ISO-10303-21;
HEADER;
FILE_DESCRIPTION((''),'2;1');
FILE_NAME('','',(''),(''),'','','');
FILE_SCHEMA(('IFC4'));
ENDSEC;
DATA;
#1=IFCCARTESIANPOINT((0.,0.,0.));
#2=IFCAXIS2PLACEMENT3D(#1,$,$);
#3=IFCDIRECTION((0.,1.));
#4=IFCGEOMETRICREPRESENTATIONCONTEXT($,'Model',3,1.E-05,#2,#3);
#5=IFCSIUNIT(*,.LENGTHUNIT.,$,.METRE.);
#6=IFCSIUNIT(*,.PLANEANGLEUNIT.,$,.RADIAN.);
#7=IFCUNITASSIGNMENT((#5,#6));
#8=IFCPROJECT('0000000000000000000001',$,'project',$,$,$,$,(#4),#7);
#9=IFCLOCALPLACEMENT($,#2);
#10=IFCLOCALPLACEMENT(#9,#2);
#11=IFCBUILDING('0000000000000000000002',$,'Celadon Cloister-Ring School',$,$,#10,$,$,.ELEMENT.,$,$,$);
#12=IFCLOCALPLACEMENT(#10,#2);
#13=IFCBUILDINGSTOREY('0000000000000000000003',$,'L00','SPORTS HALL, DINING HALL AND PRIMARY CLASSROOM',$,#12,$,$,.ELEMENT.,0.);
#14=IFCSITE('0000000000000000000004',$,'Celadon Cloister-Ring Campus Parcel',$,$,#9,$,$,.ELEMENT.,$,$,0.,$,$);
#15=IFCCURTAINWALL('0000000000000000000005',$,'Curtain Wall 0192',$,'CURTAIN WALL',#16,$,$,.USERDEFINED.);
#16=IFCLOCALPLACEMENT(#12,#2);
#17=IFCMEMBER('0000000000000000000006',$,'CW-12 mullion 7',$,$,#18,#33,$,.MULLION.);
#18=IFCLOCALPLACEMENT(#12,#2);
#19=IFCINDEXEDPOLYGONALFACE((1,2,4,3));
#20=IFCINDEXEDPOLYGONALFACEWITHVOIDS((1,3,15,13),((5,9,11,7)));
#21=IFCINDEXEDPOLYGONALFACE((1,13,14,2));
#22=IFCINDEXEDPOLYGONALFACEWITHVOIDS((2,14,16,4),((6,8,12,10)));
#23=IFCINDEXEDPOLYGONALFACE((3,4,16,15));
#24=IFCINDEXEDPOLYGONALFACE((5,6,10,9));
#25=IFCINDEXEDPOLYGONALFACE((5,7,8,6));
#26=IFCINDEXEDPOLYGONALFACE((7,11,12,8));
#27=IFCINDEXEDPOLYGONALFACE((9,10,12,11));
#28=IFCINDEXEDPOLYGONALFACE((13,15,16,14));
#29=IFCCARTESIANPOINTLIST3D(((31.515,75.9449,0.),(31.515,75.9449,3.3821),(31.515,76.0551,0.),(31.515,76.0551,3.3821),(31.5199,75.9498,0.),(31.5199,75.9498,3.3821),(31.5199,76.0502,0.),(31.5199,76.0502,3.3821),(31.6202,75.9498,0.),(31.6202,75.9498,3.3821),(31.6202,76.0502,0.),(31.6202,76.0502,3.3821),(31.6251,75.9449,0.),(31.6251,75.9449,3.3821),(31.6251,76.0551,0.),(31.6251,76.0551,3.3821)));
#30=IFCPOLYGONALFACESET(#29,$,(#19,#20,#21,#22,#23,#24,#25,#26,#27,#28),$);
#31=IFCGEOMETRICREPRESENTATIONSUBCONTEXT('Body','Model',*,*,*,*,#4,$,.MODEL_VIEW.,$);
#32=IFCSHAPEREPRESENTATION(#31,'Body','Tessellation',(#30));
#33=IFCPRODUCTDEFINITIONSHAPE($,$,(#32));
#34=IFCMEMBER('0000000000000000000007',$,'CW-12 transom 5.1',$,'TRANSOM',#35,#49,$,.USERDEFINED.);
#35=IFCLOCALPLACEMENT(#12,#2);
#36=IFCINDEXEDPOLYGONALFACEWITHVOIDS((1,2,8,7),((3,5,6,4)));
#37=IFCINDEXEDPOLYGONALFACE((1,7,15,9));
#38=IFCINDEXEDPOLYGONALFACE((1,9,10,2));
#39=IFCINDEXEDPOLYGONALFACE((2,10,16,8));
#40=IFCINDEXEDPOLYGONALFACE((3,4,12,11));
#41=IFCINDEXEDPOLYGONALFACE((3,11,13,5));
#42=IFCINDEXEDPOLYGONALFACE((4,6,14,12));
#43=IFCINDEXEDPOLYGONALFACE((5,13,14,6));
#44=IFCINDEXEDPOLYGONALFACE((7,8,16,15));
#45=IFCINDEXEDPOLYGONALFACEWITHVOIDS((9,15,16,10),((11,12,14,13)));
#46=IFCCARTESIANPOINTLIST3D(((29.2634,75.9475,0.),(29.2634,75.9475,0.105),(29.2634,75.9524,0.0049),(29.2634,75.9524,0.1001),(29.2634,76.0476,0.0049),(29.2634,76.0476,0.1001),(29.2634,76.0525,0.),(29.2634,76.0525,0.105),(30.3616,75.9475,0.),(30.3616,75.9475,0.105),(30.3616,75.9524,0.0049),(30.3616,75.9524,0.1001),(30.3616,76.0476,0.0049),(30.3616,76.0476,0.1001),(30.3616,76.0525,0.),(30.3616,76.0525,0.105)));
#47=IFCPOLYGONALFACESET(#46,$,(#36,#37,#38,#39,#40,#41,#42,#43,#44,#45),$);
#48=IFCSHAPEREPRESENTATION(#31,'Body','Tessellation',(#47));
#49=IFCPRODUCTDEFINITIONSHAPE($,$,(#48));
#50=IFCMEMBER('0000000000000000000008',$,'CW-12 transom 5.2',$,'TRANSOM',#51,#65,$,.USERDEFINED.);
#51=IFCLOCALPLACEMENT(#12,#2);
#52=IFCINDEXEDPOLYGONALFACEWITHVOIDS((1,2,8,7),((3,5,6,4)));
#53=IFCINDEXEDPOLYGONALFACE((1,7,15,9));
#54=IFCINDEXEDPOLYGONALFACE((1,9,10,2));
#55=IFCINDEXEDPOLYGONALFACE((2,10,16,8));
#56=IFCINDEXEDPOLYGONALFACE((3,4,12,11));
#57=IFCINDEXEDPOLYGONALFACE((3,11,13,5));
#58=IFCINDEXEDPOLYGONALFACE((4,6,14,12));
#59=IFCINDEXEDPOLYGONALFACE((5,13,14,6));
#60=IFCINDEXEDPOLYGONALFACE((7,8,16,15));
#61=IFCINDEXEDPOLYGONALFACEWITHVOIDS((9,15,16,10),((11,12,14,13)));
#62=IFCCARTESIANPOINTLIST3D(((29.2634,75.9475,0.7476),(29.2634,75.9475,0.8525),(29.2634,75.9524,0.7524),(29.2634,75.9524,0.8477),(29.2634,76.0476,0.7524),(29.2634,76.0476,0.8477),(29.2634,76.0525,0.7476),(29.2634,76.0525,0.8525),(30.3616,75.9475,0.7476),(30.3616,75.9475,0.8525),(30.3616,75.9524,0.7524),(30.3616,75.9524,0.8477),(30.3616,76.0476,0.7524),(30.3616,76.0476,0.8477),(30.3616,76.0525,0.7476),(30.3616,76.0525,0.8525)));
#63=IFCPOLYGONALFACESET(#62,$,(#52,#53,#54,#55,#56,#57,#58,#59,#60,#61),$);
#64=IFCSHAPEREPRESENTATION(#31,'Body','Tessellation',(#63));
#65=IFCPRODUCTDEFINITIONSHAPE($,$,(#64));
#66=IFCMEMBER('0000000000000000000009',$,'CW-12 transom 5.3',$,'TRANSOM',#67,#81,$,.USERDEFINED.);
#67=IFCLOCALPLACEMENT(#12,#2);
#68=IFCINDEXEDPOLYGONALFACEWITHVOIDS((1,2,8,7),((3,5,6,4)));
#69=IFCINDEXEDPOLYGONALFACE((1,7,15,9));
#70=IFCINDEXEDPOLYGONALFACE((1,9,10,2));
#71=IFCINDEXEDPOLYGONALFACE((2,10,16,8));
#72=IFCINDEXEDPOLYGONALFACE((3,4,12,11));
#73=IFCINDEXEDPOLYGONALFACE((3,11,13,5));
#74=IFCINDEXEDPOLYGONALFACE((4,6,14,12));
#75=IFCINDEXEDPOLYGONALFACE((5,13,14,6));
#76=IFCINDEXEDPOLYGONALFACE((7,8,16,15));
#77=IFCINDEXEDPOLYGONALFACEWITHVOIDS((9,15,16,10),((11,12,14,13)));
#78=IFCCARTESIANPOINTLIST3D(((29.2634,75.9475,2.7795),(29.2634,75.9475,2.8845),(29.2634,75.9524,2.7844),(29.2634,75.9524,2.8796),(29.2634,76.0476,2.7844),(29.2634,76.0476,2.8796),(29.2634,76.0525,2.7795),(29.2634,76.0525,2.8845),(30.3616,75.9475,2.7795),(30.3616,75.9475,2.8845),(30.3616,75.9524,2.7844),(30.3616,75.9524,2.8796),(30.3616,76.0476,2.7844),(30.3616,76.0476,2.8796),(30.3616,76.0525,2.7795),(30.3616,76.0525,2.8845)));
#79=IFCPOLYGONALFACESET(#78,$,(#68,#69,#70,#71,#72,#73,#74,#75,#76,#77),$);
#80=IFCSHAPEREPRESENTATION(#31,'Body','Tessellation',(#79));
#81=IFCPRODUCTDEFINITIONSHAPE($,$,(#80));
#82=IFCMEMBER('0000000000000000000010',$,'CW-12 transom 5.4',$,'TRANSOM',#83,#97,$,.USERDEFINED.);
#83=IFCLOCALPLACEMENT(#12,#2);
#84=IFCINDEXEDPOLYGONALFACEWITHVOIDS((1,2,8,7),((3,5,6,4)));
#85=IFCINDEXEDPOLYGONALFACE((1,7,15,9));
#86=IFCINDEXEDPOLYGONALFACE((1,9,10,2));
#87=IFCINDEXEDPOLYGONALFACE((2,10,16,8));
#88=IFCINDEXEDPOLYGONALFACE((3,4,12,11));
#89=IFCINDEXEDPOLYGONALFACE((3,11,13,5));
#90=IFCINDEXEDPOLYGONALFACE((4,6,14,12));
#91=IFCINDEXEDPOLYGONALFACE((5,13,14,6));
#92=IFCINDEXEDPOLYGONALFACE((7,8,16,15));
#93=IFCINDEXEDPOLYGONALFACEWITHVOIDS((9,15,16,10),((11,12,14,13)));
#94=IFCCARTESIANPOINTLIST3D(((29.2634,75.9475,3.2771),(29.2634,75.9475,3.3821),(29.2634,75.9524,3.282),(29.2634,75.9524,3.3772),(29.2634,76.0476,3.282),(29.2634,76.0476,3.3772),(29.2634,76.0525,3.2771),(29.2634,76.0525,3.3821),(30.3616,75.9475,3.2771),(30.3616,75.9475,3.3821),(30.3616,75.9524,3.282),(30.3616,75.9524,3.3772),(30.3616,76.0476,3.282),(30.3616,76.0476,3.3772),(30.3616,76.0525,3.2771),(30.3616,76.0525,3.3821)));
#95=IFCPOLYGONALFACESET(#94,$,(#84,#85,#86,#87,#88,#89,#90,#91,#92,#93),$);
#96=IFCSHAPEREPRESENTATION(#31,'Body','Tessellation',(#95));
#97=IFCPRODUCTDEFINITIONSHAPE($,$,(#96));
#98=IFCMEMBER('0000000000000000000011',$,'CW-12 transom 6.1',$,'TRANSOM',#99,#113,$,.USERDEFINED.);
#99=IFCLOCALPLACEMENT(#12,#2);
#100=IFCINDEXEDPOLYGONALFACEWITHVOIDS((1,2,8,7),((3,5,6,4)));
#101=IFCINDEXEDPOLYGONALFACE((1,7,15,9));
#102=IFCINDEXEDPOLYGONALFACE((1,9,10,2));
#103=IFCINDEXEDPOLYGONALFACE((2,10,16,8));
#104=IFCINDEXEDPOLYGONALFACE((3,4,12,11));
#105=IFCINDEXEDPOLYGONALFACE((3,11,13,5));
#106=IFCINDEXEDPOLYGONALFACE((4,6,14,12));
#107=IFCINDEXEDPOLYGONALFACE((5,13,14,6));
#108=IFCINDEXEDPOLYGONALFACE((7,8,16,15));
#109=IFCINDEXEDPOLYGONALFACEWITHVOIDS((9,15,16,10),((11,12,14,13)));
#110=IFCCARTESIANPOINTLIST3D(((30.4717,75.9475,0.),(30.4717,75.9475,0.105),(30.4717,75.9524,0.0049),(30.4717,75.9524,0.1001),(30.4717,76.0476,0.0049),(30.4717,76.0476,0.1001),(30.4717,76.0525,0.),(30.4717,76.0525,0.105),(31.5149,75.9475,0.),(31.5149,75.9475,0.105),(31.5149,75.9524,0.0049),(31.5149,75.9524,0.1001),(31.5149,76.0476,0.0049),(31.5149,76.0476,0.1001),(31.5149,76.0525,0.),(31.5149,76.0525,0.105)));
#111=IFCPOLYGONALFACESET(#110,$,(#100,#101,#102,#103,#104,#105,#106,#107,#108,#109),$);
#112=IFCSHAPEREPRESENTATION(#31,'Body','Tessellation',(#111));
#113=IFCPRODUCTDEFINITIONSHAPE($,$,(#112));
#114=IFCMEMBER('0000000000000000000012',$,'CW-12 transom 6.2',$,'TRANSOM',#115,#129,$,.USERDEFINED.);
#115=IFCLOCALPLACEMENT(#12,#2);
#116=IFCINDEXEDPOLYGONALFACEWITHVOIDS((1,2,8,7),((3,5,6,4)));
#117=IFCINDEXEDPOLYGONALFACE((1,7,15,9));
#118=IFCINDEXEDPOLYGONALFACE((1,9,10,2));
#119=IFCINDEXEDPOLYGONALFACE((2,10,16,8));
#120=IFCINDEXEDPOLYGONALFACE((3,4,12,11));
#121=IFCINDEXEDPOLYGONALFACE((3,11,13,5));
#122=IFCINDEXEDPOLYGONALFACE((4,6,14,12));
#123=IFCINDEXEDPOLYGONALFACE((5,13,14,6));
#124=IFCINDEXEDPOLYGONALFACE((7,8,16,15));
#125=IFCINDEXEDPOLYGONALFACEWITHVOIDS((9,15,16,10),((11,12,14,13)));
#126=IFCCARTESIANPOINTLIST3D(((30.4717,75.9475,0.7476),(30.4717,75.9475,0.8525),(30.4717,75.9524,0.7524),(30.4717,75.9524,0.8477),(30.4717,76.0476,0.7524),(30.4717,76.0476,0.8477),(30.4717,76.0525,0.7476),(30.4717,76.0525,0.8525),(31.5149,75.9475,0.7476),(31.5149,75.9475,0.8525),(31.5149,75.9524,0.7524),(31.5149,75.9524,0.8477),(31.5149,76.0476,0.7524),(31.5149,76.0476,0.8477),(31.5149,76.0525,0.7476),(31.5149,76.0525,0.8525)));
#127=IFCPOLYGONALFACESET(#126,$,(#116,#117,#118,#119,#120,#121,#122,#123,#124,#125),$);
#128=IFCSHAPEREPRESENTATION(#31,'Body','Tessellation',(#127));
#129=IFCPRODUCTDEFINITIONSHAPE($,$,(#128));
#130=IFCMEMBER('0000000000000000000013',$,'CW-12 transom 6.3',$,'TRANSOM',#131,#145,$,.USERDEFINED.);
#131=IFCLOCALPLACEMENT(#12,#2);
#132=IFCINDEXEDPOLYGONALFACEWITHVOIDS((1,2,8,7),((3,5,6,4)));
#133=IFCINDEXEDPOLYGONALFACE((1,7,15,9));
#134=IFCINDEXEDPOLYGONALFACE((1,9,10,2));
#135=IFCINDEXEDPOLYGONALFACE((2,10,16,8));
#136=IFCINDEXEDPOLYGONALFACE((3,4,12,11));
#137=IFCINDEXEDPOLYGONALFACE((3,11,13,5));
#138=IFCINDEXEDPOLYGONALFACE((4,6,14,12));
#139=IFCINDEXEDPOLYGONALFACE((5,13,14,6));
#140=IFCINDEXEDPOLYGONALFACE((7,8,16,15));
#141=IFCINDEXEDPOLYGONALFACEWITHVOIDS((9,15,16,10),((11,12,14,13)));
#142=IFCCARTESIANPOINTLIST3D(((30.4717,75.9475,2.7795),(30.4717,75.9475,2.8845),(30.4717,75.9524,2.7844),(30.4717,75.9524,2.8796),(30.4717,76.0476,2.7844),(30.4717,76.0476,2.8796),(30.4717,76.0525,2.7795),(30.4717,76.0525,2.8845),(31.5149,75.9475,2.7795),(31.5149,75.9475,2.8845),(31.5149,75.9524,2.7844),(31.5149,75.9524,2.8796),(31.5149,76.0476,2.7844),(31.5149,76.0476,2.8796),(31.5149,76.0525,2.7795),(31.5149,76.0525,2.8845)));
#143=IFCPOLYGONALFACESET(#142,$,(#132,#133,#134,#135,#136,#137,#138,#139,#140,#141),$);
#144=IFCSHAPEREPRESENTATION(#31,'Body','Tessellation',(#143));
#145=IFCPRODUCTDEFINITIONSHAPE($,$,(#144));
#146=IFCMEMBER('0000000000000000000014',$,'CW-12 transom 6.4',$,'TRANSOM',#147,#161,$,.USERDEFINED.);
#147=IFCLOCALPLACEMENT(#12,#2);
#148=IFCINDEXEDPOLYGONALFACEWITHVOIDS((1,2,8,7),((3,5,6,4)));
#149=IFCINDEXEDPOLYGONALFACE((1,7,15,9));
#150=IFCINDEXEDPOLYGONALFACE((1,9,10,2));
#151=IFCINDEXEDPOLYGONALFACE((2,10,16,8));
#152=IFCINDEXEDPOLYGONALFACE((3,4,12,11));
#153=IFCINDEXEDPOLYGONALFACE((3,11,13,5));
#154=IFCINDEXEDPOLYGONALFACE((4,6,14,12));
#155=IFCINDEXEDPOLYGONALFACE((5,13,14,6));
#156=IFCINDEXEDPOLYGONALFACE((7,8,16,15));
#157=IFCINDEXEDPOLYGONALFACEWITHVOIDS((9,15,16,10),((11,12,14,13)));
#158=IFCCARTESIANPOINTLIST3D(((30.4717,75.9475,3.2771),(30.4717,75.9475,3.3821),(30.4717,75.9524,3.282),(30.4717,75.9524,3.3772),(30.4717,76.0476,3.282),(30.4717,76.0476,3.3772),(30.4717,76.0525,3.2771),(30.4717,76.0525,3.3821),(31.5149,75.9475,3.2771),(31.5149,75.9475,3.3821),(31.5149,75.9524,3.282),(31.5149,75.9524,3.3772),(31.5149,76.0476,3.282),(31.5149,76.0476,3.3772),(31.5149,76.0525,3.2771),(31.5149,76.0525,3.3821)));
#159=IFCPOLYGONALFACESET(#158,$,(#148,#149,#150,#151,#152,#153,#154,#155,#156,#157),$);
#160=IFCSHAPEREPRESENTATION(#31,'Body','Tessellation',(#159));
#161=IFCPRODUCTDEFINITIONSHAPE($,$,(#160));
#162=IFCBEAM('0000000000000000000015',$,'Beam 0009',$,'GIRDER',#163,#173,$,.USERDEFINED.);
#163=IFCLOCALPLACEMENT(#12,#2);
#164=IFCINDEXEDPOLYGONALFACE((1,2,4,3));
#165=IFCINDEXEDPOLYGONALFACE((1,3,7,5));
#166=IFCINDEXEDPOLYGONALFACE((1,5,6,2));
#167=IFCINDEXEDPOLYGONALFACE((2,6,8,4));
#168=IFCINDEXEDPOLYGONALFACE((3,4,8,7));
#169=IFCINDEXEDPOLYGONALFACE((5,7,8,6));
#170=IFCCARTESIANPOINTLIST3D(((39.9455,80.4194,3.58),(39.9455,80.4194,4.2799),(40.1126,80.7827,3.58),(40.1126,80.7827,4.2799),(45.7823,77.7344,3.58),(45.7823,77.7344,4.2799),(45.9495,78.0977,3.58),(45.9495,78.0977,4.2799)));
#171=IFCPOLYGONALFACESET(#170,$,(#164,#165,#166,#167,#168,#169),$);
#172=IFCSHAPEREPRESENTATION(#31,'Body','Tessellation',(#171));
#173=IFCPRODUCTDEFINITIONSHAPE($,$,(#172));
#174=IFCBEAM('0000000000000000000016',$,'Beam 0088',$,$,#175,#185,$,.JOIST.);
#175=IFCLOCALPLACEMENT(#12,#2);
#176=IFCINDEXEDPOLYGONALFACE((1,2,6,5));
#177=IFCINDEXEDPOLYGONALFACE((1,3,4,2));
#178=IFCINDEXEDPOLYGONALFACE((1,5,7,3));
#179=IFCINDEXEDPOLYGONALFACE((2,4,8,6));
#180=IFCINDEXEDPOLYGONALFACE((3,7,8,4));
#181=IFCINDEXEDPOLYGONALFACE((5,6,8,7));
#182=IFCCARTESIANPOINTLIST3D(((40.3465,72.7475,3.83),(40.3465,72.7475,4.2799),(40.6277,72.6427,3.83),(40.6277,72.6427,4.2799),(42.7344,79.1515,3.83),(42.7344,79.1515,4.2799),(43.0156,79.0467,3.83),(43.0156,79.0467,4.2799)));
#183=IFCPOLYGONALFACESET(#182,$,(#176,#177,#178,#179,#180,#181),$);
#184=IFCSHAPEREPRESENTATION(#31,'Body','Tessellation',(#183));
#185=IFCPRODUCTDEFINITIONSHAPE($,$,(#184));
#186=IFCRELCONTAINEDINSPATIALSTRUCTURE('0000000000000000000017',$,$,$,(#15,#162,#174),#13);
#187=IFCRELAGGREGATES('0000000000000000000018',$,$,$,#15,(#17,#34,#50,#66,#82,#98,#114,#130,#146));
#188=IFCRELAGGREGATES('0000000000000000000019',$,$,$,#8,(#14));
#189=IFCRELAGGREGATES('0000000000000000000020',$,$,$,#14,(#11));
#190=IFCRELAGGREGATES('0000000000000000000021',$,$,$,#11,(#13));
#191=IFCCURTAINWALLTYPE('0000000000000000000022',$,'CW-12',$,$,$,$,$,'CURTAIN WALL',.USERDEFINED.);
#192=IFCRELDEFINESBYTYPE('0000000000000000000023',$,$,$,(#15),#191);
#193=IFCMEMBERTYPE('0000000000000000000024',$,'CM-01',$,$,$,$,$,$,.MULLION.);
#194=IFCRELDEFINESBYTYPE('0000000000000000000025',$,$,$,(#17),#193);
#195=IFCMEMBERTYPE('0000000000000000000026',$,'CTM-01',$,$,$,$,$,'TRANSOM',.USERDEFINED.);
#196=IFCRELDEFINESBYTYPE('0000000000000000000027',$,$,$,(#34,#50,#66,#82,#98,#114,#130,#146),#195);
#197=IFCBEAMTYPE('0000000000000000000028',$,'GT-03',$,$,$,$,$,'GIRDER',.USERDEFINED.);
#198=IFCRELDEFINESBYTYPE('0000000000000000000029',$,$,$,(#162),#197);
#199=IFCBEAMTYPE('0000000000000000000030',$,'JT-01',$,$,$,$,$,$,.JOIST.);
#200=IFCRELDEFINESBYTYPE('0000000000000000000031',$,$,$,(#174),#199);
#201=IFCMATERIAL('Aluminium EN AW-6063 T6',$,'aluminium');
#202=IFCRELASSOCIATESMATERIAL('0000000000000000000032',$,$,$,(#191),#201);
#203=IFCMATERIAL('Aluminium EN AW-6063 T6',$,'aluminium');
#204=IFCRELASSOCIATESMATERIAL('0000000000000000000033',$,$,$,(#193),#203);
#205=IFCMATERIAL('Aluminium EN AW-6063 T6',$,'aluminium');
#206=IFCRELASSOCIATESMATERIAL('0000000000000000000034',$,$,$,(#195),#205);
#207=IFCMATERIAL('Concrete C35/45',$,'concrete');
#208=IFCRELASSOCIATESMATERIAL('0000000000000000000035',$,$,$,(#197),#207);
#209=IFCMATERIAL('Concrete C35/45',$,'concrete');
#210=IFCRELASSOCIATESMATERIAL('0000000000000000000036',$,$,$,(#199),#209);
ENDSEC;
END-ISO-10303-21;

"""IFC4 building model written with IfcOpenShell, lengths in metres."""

from ifc_helpers import new_model, si_unit, direction, frame, origin, origin_2d, place, context, subcontext, project, spatial, rectangle, hollow_rectangle, extrude, material, material_profile, profile_set, type_object, element, aggregate, save


model = new_model("IFC4")

# Units and contexts
model_context = context("Model", 3, precision=1e-05, world=origin(), true_north=direction((0.0, 1.0)))
body_context = subcontext(model_context, "Body", "Model", "MODEL_VIEW")
ifc_project = project(units=[si_unit("LENGTHUNIT", "METRE"), si_unit("PLANEANGLEUNIT", "RADIAN")], contexts=[model_context])

# Site, building, storey
site_placement = place(None, origin())
site = spatial("IfcSite", under=ifc_project, at=site_placement, Name="Celadon Cloister-Ring Campus Parcel", CompositionType="ELEMENT", RefElevation=0.0)
building_placement = place(site_placement, origin())
building = spatial("IfcBuilding", under=site, at=building_placement, Name="Celadon Cloister-Ring School", CompositionType="ELEMENT")
storey_placement = place(building_placement, origin())
storey = spatial("IfcBuildingStorey", under=building, at=storey_placement, Name="L00", Description="SPORTS HALL, DINING HALL AND PRIMARY CLASSROOM", CompositionType="ELEMENT", Elevation=0.0)

# Curtain wall, members
ifc_material_1 = material(Name="Aluminium EN AW-6063 T6", Category="aluminium")
curtain_wall_type = type_object("IfcCurtainWallType", Name="CW-12", ElementType="CURTAIN WALL", PredefinedType="USERDEFINED", material=ifc_material_1)
curtain_wall_placement = place(storey_placement, origin())
curtain_wall = element("IfcCurtainWall", 1, at=curtain_wall_placement, inside=storey, type_object=curtain_wall_type, Name="Curtain Wall 0192", ObjectType="CURTAIN WALL", PredefinedType="USERDEFINED")
ifc_material_2 = material(Name="Aluminium EN AW-6063 T6", Category="aluminium")
ifc_material_profile_1 = material_profile(ifc_material_2, hollow_rectangle(XDim=0.1101, YDim=0.1101, WallThickness=0.0049, at=origin_2d()), Name="RHS110X110X5")
ifc_profile_set_1 = profile_set([ifc_material_profile_1], Name="Aluminium EN AW-6063 T6")
member_type_1 = type_object("IfcMemberType", Name="CM-01", PredefinedType="MULLION", material=ifc_profile_set_1)
member_1_placement = place(storey_placement, frame((31.5701, 76.0, 0.0), z_axis=(0.0, 0.0, 1.0), x_axis=(0.0, 1.0, 0.0)))
member_1 = element("IfcMember", 2, at=member_1_placement, type_object=member_type_1, Name="CW-12 mullion 7", PredefinedType="MULLION", context=body_context, shape_type="SweptSolid", body=[
    extrude(hollow_rectangle(XDim=0.1101, YDim=0.1101, WallThickness=0.0049, at=origin_2d()), origin(), (0.0, 0.0, 1.0), 3.3821),
])
ifc_material_3 = material(Name="Aluminium EN AW-6063 T6", Category="aluminium")
ifc_material_profile_2 = material_profile(ifc_material_3, hollow_rectangle(XDim=0.105, YDim=0.105, WallThickness=0.0049, at=origin_2d()), Name="RHS105X105X5")
ifc_profile_set_2 = profile_set([ifc_material_profile_2], Name="Aluminium EN AW-6063 T6")
member_type_2 = type_object("IfcMemberType", Name="CTM-01", ElementType="TRANSOM", PredefinedType="USERDEFINED", material=ifc_profile_set_2)
member_2_placement = place(storey_placement, frame((29.2634, 76.0, 0.0525), z_axis=(1.0, 0.0, 0.0), x_axis=(0.0, 1.0, 0.0)))
member_2 = element("IfcMember", 3, at=member_2_placement, type_object=member_type_2, Name="CW-12 transom 5.1", ObjectType="TRANSOM", PredefinedType="USERDEFINED", context=body_context, shape_type="SweptSolid", body=[
    extrude(hollow_rectangle(XDim=0.105, YDim=0.105, WallThickness=0.0049, at=origin_2d()), origin(), (0.0, 0.0, 1.0), 1.0981),
])
member_3_placement = place(storey_placement, frame((29.2634, 76.0, 0.8), z_axis=(1.0, 0.0, 0.0), x_axis=(0.0, 1.0, 0.0)))
member_3 = element("IfcMember", 4, at=member_3_placement, type_object=member_type_2, Name="CW-12 transom 5.2", ObjectType="TRANSOM", PredefinedType="USERDEFINED", context=body_context, shape_type="SweptSolid", body=[
    extrude(hollow_rectangle(XDim=0.105, YDim=0.105, WallThickness=0.0049, at=origin_2d()), origin(), (0.0, 0.0, 1.0), 1.0981),
])
member_4_placement = place(storey_placement, frame((29.2634, 76.0, 2.832), z_axis=(1.0, 0.0, 0.0), x_axis=(0.0, 1.0, 0.0)))
member_4 = element("IfcMember", 5, at=member_4_placement, type_object=member_type_2, Name="CW-12 transom 5.3", ObjectType="TRANSOM", PredefinedType="USERDEFINED", context=body_context, shape_type="SweptSolid", body=[
    extrude(hollow_rectangle(XDim=0.105, YDim=0.105, WallThickness=0.0049, at=origin_2d()), origin(), (0.0, 0.0, 1.0), 1.0981),
])
member_5_placement = place(storey_placement, frame((29.2634, 76.0, 3.3296), z_axis=(1.0, 0.0, 0.0), x_axis=(0.0, 1.0, 0.0)))
member_5 = element("IfcMember", 6, at=member_5_placement, type_object=member_type_2, Name="CW-12 transom 5.4", ObjectType="TRANSOM", PredefinedType="USERDEFINED", context=body_context, shape_type="SweptSolid", body=[
    extrude(hollow_rectangle(XDim=0.105, YDim=0.105, WallThickness=0.0049, at=origin_2d()), origin(), (0.0, 0.0, 1.0), 1.0981),
])
member_6_placement = place(storey_placement, frame((30.4717, 76.0, 0.0525), z_axis=(1.0, 0.0, 0.0), x_axis=(0.0, 1.0, 0.0)))
member_6 = element("IfcMember", 7, at=member_6_placement, type_object=member_type_2, Name="CW-12 transom 6.1", ObjectType="TRANSOM", PredefinedType="USERDEFINED", context=body_context, shape_type="SweptSolid", body=[
    extrude(hollow_rectangle(XDim=0.105, YDim=0.105, WallThickness=0.0049, at=origin_2d()), origin(), (0.0, 0.0, 1.0), 1.0432),
])
member_7_placement = place(storey_placement, frame((30.4717, 76.0, 0.8), z_axis=(1.0, 0.0, 0.0), x_axis=(0.0, 1.0, 0.0)))
member_7 = element("IfcMember", 8, at=member_7_placement, type_object=member_type_2, Name="CW-12 transom 6.2", ObjectType="TRANSOM", PredefinedType="USERDEFINED", context=body_context, shape_type="SweptSolid", body=[
    extrude(hollow_rectangle(XDim=0.105, YDim=0.105, WallThickness=0.0049, at=origin_2d()), origin(), (0.0, 0.0, 1.0), 1.0432),
])
member_8_placement = place(storey_placement, frame((30.4717, 76.0, 2.832), z_axis=(1.0, 0.0, 0.0), x_axis=(0.0, 1.0, 0.0)))
member_8 = element("IfcMember", 9, at=member_8_placement, type_object=member_type_2, Name="CW-12 transom 6.3", ObjectType="TRANSOM", PredefinedType="USERDEFINED", context=body_context, shape_type="SweptSolid", body=[
    extrude(hollow_rectangle(XDim=0.105, YDim=0.105, WallThickness=0.0049, at=origin_2d()), origin(), (0.0, 0.0, 1.0), 1.0432),
])
member_9_placement = place(storey_placement, frame((30.4717, 76.0, 3.3296), z_axis=(1.0, 0.0, 0.0), x_axis=(0.0, 1.0, 0.0)))
member_9 = element("IfcMember", 10, at=member_9_placement, type_object=member_type_2, Name="CW-12 transom 6.4", ObjectType="TRANSOM", PredefinedType="USERDEFINED", context=body_context, shape_type="SweptSolid", body=[
    extrude(hollow_rectangle(XDim=0.105, YDim=0.105, WallThickness=0.0049, at=origin_2d()), origin(), (0.0, 0.0, 1.0), 1.0432),
])

# Beams
ifc_material_4 = material(Name="Concrete C35/45", Category="concrete")
ifc_material_profile_3 = material_profile(ifc_material_4, rectangle(XDim=0.3999, YDim=0.7, at=origin_2d()), Name="RC400X700")
ifc_profile_set_3 = profile_set([ifc_material_profile_3], Name="Concrete C35/45")
beam_type_1 = type_object("IfcBeamType", Name="GT-03", ElementType="GIRDER", PredefinedType="USERDEFINED", material=ifc_profile_set_3)
beam_1_placement = place(storey_placement, frame((40.0291, 80.6011, 3.9299), z_axis=(0.908486, -0.417916, 0.0), x_axis=(0.417916, 0.908486, 0.0)))
element("IfcBeam", 11, at=beam_1_placement, inside=storey, type_object=beam_type_1, Name="Beam 0009", ObjectType="GIRDER", PredefinedType="USERDEFINED", context=body_context, shape_type="SweptSolid", body=[
    extrude(rectangle(XDim=0.3999, YDim=0.7, at=origin_2d()), origin(), (0.0, 0.0, 1.0), 6.4248),
])
ifc_material_5 = material(Name="Concrete C35/45", Category="concrete")
ifc_material_profile_4 = material_profile(ifc_material_5, rectangle(XDim=0.3, YDim=0.45, at=origin_2d()), Name="RC300X450")
ifc_profile_set_4 = profile_set([ifc_material_profile_4], Name="Concrete C35/45")
beam_type_2 = type_object("IfcBeamType", Name="JT-01", PredefinedType="JOIST", material=ifc_profile_set_4)
beam_2_placement = place(storey_placement, frame((42.875, 79.0991, 4.0549), z_axis=(-0.349381, -0.936981, 0.0), x_axis=(0.936981, -0.349381, 0.0)))
element("IfcBeam", 12, at=beam_2_placement, inside=storey, type_object=beam_type_2, Name="Beam 0088", PredefinedType="JOIST", context=body_context, shape_type="SweptSolid", body=[
    extrude(rectangle(XDim=0.3, YDim=0.45, at=origin_2d()), origin(), (0.0, 0.0, 1.0), 6.8347),
])

aggregate(curtain_wall, [member_1, member_2, member_3, member_4, member_5, member_6, member_7, member_8, member_9])

save(model, "model.ifc")
